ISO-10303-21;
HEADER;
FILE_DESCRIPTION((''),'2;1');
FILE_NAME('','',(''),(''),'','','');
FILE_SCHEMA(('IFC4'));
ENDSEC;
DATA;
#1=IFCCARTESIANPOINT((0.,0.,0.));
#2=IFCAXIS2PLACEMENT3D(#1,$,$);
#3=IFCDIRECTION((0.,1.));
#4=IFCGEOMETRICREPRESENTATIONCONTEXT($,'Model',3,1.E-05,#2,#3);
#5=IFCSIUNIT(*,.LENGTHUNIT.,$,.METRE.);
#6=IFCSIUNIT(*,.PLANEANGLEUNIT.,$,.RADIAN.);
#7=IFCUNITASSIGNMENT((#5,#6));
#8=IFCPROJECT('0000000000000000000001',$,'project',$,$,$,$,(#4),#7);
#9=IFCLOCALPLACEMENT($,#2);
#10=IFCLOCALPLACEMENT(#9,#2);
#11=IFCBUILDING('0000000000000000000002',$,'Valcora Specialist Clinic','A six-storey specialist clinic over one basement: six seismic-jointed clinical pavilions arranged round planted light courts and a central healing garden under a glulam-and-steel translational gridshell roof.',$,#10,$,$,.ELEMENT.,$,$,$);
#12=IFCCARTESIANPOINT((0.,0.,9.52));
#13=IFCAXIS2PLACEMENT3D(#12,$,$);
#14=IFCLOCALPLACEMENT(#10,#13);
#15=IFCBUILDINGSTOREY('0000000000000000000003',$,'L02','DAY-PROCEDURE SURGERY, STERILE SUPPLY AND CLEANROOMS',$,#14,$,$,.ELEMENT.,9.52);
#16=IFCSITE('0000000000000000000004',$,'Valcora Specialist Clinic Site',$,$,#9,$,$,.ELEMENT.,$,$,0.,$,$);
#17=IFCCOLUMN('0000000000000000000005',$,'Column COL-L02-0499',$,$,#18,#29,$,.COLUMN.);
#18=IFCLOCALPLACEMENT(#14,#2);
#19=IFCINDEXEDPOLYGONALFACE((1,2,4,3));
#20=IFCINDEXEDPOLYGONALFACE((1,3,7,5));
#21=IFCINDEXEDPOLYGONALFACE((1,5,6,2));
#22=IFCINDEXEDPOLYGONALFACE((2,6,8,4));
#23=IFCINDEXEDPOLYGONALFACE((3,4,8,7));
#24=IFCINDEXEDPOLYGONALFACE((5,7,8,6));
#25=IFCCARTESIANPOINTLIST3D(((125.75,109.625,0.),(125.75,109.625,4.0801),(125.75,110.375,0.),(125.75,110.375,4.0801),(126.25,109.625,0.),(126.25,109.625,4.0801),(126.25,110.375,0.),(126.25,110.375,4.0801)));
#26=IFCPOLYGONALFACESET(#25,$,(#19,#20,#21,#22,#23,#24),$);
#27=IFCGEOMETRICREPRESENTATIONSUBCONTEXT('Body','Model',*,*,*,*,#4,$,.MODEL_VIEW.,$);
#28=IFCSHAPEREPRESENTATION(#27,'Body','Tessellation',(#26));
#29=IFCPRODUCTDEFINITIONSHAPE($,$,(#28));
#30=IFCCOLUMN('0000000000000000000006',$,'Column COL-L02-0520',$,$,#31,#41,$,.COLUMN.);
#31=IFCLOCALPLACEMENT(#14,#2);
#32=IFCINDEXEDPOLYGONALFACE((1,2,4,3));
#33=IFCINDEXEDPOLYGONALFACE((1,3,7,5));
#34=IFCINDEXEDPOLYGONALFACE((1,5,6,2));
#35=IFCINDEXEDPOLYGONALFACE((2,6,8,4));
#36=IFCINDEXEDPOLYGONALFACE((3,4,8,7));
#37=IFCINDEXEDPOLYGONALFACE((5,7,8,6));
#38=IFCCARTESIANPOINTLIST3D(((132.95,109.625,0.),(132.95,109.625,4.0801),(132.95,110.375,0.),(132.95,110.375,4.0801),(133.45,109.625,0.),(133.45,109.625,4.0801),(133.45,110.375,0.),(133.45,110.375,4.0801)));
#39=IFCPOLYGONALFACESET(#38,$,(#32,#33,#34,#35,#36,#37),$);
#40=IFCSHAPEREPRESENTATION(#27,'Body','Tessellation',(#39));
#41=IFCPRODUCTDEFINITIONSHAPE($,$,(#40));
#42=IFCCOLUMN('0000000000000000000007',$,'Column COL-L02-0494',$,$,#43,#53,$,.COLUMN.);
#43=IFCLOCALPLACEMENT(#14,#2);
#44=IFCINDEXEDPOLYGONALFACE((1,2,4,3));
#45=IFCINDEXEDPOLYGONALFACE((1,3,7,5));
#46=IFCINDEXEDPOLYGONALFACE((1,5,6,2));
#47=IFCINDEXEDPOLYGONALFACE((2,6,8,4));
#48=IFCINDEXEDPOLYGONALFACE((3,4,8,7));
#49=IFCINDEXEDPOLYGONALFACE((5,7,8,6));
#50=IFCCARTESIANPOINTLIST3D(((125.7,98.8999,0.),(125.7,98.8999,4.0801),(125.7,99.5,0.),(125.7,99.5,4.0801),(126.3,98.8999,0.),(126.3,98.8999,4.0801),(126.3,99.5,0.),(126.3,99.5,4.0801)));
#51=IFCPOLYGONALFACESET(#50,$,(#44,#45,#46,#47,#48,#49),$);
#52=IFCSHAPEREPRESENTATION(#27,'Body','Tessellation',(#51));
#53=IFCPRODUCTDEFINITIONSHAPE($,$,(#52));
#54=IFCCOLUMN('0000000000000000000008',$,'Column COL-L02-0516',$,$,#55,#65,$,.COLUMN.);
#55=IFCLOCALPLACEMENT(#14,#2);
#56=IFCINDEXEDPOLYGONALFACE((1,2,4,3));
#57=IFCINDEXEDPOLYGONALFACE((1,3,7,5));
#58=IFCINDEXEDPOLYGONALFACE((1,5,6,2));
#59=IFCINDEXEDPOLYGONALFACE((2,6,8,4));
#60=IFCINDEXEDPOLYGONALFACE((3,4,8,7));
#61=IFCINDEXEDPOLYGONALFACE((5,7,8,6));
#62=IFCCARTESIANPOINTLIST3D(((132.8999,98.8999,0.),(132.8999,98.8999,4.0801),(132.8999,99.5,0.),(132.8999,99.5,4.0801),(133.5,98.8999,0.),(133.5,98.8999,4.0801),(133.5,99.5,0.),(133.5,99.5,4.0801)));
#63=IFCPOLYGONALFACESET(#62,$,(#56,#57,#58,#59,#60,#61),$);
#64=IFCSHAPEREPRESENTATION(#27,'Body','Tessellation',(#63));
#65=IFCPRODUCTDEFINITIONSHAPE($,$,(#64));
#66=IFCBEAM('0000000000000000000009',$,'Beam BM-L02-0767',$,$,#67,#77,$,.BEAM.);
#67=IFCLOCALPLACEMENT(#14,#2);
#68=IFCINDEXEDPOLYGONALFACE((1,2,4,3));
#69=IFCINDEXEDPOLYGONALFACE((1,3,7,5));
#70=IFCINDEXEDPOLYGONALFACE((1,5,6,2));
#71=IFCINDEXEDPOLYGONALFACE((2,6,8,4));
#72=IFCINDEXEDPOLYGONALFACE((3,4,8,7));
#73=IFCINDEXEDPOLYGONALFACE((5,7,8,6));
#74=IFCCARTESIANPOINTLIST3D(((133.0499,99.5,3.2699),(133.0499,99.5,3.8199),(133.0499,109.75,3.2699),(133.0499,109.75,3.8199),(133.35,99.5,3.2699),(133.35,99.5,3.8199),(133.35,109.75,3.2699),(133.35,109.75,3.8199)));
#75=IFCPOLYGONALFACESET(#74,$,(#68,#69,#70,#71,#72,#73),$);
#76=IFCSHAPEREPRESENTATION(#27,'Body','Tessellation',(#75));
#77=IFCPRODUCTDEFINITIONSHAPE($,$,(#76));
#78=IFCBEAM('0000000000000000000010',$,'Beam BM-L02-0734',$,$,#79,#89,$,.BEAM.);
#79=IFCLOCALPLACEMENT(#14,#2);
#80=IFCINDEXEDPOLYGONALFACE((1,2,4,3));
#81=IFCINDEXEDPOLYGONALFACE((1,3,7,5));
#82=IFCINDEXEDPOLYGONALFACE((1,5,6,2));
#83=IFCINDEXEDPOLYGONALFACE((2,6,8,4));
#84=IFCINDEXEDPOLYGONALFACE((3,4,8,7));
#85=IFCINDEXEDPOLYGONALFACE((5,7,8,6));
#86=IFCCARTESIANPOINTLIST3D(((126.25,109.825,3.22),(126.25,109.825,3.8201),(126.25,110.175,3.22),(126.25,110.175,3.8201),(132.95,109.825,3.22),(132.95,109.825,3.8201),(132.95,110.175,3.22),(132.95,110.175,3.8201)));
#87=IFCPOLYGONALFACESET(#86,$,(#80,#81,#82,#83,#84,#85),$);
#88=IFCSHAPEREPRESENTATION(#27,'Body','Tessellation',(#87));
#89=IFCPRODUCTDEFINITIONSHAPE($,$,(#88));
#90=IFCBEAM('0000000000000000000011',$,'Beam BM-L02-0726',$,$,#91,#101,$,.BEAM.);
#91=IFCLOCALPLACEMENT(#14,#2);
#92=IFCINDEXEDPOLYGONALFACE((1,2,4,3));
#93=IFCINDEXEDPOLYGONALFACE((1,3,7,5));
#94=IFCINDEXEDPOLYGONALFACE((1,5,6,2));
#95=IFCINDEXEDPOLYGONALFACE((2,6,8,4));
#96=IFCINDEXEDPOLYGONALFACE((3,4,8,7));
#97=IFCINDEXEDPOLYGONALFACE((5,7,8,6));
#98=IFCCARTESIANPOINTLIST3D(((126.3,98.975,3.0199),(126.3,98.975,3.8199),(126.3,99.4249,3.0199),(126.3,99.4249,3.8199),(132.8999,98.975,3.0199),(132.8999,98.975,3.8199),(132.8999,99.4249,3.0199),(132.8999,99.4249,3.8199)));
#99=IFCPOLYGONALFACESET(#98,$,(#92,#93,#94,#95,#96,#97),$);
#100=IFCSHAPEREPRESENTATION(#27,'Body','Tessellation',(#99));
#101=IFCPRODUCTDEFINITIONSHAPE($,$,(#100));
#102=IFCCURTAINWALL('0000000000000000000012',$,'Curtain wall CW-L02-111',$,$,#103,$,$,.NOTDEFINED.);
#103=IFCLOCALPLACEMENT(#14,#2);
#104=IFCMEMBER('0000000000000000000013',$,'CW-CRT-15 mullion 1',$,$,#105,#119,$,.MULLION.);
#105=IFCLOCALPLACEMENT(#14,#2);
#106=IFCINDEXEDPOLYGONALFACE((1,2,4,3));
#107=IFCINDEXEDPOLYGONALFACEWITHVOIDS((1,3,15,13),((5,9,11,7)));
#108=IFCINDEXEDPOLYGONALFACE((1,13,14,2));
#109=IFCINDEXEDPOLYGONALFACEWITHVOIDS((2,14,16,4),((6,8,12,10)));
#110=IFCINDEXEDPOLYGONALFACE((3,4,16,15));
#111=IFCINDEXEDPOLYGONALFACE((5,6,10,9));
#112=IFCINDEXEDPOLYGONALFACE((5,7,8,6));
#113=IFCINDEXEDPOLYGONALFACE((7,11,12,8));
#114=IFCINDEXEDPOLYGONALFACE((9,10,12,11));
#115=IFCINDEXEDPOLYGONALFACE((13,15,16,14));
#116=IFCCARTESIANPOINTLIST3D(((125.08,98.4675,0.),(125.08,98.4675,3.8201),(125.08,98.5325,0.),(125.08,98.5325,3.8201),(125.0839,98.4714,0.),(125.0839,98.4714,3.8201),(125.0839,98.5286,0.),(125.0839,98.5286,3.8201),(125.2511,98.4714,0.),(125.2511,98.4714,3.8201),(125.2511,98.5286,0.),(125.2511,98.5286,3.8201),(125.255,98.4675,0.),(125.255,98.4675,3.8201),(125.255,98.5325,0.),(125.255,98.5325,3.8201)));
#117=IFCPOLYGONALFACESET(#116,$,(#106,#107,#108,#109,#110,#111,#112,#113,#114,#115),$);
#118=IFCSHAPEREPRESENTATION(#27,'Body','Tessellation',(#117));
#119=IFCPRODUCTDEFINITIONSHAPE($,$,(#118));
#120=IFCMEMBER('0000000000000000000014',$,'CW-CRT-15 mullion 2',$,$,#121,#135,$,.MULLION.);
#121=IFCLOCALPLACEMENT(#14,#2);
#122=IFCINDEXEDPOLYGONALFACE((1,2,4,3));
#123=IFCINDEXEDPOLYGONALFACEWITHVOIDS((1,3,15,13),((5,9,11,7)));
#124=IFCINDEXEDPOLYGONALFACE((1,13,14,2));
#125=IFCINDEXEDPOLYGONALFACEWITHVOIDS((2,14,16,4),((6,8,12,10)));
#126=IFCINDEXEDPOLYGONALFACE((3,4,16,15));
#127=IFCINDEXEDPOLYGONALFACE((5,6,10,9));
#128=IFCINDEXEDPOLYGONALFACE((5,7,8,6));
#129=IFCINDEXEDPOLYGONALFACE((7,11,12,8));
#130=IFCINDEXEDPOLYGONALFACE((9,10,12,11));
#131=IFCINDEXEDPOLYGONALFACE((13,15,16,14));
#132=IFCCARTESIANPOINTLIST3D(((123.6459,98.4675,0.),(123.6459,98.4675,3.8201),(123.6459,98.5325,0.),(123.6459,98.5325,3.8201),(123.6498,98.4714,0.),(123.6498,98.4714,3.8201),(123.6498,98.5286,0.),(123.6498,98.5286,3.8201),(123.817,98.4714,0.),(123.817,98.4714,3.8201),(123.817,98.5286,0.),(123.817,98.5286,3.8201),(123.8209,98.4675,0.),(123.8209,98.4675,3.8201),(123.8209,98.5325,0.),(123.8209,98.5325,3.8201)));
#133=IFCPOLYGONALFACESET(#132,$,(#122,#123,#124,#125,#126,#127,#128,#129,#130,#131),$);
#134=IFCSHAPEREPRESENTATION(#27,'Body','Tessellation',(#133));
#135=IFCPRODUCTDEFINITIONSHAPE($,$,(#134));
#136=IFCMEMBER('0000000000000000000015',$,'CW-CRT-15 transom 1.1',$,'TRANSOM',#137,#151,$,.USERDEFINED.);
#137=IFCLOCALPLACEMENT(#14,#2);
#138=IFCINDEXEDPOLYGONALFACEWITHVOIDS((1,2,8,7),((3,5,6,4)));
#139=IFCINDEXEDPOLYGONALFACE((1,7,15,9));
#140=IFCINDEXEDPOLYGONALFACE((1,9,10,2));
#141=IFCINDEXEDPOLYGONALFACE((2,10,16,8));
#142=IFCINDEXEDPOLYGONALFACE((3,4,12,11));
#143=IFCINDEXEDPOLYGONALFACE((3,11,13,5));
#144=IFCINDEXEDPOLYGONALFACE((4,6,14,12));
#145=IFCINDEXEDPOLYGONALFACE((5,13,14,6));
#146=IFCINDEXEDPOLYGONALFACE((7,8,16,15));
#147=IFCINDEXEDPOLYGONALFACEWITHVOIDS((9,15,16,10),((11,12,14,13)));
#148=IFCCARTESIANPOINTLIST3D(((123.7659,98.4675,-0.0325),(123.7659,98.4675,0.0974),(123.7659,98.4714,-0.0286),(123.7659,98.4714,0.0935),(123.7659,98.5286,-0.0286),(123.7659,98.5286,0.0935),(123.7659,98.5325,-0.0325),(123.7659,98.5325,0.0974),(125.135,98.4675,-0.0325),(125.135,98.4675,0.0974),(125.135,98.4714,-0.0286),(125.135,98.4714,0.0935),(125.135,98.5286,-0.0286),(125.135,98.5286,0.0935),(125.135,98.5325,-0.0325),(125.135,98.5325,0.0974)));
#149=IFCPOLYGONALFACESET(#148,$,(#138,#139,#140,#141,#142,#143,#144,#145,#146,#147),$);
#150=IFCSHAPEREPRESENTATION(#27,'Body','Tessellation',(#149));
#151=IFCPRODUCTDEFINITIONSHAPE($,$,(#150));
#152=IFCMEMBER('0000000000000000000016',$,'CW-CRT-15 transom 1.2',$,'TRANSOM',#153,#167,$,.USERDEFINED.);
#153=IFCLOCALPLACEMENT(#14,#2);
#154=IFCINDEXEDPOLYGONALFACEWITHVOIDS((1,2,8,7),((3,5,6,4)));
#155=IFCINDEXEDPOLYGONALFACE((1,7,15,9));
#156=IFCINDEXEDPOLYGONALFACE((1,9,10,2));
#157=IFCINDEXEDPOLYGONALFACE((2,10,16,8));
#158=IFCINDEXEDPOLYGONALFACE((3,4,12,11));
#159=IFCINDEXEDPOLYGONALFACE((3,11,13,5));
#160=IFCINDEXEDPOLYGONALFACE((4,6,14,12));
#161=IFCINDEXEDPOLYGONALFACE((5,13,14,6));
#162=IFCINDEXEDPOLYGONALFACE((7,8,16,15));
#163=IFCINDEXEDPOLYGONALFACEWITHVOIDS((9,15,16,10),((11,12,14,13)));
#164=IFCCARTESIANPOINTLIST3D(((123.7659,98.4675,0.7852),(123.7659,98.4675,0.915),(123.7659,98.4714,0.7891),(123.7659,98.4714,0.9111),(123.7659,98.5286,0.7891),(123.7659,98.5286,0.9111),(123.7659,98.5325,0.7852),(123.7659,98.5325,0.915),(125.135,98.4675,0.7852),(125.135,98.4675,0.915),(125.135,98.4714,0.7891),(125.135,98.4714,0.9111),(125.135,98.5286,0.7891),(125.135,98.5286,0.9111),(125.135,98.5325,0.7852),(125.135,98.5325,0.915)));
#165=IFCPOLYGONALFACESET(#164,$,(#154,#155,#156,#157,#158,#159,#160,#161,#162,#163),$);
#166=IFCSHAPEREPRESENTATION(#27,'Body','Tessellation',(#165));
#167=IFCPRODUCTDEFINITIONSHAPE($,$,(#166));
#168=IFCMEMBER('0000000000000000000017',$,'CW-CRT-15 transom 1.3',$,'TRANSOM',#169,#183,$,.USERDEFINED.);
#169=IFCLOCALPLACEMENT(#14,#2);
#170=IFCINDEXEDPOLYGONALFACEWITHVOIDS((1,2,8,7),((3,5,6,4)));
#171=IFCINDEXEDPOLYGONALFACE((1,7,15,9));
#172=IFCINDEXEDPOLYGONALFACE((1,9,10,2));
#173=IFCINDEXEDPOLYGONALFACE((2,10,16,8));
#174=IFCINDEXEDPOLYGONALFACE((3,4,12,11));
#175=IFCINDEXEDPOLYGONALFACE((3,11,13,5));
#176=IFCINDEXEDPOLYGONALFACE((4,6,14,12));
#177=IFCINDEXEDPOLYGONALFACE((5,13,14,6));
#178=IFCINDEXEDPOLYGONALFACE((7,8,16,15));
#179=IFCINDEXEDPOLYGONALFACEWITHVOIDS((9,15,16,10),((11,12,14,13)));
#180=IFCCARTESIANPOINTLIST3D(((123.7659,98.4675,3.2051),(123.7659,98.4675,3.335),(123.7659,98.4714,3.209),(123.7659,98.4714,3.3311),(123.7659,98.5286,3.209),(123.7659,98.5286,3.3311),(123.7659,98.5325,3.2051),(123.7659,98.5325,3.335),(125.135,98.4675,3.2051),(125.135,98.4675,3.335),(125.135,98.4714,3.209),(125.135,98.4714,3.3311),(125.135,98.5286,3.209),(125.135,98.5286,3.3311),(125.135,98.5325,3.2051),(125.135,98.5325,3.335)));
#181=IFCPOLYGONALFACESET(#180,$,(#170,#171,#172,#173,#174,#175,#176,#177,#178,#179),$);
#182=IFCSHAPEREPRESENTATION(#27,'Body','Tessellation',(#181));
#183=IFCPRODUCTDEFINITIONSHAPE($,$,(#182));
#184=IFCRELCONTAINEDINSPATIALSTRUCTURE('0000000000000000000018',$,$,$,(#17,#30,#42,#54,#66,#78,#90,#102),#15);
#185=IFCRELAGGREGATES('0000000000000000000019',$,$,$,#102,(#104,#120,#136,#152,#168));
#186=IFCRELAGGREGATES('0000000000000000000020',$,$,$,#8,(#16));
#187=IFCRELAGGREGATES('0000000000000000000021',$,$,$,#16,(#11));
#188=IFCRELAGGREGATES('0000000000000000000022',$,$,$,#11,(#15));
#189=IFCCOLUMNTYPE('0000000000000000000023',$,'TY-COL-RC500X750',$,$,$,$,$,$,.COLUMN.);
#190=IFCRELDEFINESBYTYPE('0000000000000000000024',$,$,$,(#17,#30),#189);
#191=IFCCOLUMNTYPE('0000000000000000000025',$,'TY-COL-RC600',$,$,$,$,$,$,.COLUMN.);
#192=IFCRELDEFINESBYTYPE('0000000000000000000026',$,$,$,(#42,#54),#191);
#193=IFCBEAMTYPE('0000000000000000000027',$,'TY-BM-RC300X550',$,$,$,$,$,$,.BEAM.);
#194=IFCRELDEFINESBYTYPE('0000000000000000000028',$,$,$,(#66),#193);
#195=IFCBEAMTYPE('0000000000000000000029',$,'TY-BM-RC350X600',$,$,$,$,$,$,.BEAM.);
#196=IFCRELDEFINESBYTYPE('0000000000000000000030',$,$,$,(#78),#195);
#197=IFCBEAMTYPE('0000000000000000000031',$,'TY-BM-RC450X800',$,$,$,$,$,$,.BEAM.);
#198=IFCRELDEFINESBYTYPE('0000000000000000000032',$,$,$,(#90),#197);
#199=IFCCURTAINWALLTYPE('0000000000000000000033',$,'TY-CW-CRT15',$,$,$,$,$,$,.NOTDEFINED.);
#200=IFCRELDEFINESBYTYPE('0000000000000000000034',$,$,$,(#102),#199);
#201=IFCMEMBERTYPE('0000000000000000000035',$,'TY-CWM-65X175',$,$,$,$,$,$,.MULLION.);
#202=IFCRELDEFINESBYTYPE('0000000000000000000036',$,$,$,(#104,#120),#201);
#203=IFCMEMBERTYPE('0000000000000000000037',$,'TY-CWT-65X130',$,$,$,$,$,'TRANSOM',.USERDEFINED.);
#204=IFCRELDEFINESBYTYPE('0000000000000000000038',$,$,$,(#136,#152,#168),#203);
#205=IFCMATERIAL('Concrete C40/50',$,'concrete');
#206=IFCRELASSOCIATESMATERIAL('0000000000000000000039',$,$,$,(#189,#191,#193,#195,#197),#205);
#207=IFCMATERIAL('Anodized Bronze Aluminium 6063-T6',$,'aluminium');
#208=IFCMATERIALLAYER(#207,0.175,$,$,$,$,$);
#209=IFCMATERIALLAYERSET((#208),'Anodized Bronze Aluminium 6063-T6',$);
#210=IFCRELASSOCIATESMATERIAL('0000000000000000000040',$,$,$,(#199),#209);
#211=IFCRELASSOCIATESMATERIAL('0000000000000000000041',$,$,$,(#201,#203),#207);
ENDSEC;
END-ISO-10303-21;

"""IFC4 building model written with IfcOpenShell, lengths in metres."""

from ifc_helpers import new_model, si_unit, direction, frame, origin, origin_2d, place, context, subcontext, project, spatial, rectangle, hollow_rectangle, extrude, material, layer, layer_set, material_profile, profile_set, type_object, element, aggregate, save


model = new_model("IFC4")

# Units and contexts
model_context = context("Model", 3, precision=1e-05, world=origin(), true_north=direction((0.0, 1.0)))
body_context = subcontext(model_context, "Body", "Model", "MODEL_VIEW")
ifc_project = project(units=[si_unit("LENGTHUNIT", "METRE"), si_unit("PLANEANGLEUNIT", "RADIAN")], contexts=[model_context])

# Site, building, storey
site_placement = place(None, origin())
site = spatial("IfcSite", under=ifc_project, at=site_placement, Name="Valcora Specialist Clinic Site", CompositionType="ELEMENT", RefElevation=0.0)
building_placement = place(site_placement, origin())
building = spatial("IfcBuilding", under=site, at=building_placement, Name="Valcora Specialist Clinic", Description="A six-storey specialist clinic over one basement: six seismic-jointed clinical pavilions arranged round planted light courts and a central healing garden under a glulam-and-steel translational gridshell roof.", CompositionType="ELEMENT")
storey_placement = place(building_placement, frame((0.0, 0.0, 9.52)))
storey = spatial("IfcBuildingStorey", under=building, at=storey_placement, Name="L02", Description="DAY-PROCEDURE SURGERY, STERILE SUPPLY AND CLEANROOMS", CompositionType="ELEMENT", Elevation=9.52)

# Columns
ifc_material_1 = material(Name="Concrete C40/50", Category="concrete")
ifc_material_profile_1 = material_profile(ifc_material_1, rectangle(XDim=0.5, YDim=0.75, at=origin_2d()), Name="RC-COL-500X750")
ifc_profile_set_1 = profile_set([ifc_material_profile_1], Name="Concrete C40/50")
column_type_1 = type_object("IfcColumnType", Name="TY-COL-RC500X750", PredefinedType="COLUMN", material=ifc_profile_set_1)
for number, where, z_axis, x_axis, name in (
    (1, (126.0, 110.0, 0.0), (0.0, 0.0, 1.0), (1.0, 0.0, 0.0), "Column COL-L02-0499"),
    (2, (133.2, 110.0, 0.0), (0.0, 0.0, 1.0), (1.0, 0.0, 0.0), "Column COL-L02-0520"),
):
    element("IfcColumn", number, at=place(storey_placement, frame(where, z_axis=z_axis, x_axis=x_axis)), inside=storey, type_object=column_type_1, Name=name, PredefinedType="COLUMN", context=body_context, shape_type="SweptSolid", body=[
        extrude(rectangle(XDim=0.5, YDim=0.75, at=origin_2d()), origin(), (0.0, 0.0, 1.0), 4.0801),
    ])
ifc_material_profile_2 = material_profile(ifc_material_1, rectangle(XDim=0.6001, YDim=0.6001, at=origin_2d()), Name="RC-COL-600X600")
ifc_profile_set_2 = profile_set([ifc_material_profile_2], Name="Concrete C40/50")
column_type_2 = type_object("IfcColumnType", Name="TY-COL-RC600", PredefinedType="COLUMN", material=ifc_profile_set_2)
for number, where, z_axis, x_axis, name in (
    (3, (126.0, 99.2, 0.0), (0.0, 0.0, 1.0), (1.0, 0.0, 0.0), "Column COL-L02-0494"),
    (4, (133.2, 99.2, 0.0), (0.0, 0.0, 1.0), (1.0, 0.0, 0.0), "Column COL-L02-0516"),
):
    element("IfcColumn", number, at=place(storey_placement, frame(where, z_axis=z_axis, x_axis=x_axis)), inside=storey, type_object=column_type_2, Name=name, PredefinedType="COLUMN", context=body_context, shape_type="SweptSolid", body=[
        extrude(rectangle(XDim=0.6001, YDim=0.6001, at=origin_2d()), origin(), (0.0, 0.0, 1.0), 4.0801),
    ])

# Beams
ifc_material_profile_3 = material_profile(ifc_material_1, rectangle(XDim=0.3, YDim=0.55, at=origin_2d()), Name="RC-BM-300X550")
ifc_profile_set_3 = profile_set([ifc_material_profile_3], Name="Concrete C40/50")
beam_type_1 = type_object("IfcBeamType", Name="TY-BM-RC300X550", PredefinedType="BEAM", material=ifc_profile_set_3)
beam_1_placement = place(storey_placement, frame((133.2, 99.5, 3.5449), z_axis=(0.0, 1.0, 0.0), x_axis=(-1.0, 0.0, 0.0)))
element("IfcBeam", 5, at=beam_1_placement, inside=storey, type_object=beam_type_1, Name="Beam BM-L02-0767", PredefinedType="BEAM", context=body_context, shape_type="SweptSolid", body=[
    extrude(rectangle(XDim=0.3, YDim=0.55, at=origin_2d()), origin(), (0.0, 0.0, 1.0), 10.25),
])
ifc_material_profile_4 = material_profile(ifc_material_1, rectangle(XDim=0.3501, YDim=0.6001, at=origin_2d()), Name="RC-BM-350X600")
ifc_profile_set_4 = profile_set([ifc_material_profile_4], Name="Concrete C40/50")
beam_type_2 = type_object("IfcBeamType", Name="TY-BM-RC350X600", PredefinedType="BEAM", material=ifc_profile_set_4)
beam_2_placement = place(storey_placement, frame((126.25, 110.0, 3.52), z_axis=(1.0, 0.0, 0.0), x_axis=(0.0, 1.0, 0.0)))
element("IfcBeam", 6, at=beam_2_placement, inside=storey, type_object=beam_type_2, Name="Beam BM-L02-0734", PredefinedType="BEAM", context=body_context, shape_type="SweptSolid", body=[
    extrude(rectangle(XDim=0.3501, YDim=0.6001, at=origin_2d()), origin(), (0.0, 0.0, 1.0), 6.7),
])
ifc_material_profile_5 = material_profile(ifc_material_1, rectangle(XDim=0.45, YDim=0.8, at=origin_2d()), Name="RC-BM-450X800")
ifc_profile_set_5 = profile_set([ifc_material_profile_5], Name="Concrete C40/50")
beam_type_3 = type_object("IfcBeamType", Name="TY-BM-RC450X800", PredefinedType="BEAM", material=ifc_profile_set_5)
beam_3_placement = place(storey_placement, frame((126.3, 99.2, 3.4199), z_axis=(1.0, 0.0, 0.0), x_axis=(0.0, 1.0, 0.0)))
element("IfcBeam", 7, at=beam_3_placement, inside=storey, type_object=beam_type_3, Name="Beam BM-L02-0726", PredefinedType="BEAM", context=body_context, shape_type="SweptSolid", body=[
    extrude(rectangle(XDim=0.45, YDim=0.8, at=origin_2d()), origin(), (0.0, 0.0, 1.0), 6.5999),
])

# Curtain wall, members
ifc_material_2 = material(Name="Anodized Bronze Aluminium 6063-T6", Category="aluminium")
ifc_layer_1 = layer(ifc_material_2, 0.175)
ifc_layer_set_1 = layer_set([ifc_layer_1], Name="Anodized Bronze Aluminium 6063-T6")
curtain_wall_type = type_object("IfcCurtainWallType", Name="TY-CW-CRT15", PredefinedType="NOTDEFINED", material=ifc_layer_set_1)
curtain_wall_placement = place(storey_placement, origin())
curtain_wall = element("IfcCurtainWall", 8, at=curtain_wall_placement, inside=storey, type_object=curtain_wall_type, Name="Curtain wall CW-L02-111", PredefinedType="NOTDEFINED")
ifc_material_profile_6 = material_profile(ifc_material_2, hollow_rectangle(XDim=0.0649, YDim=0.175, WallThickness=0.0039, at=origin_2d()), Name="AL-MUL-65X175")
ifc_profile_set_6 = profile_set([ifc_material_profile_6], Name="Anodized Bronze Aluminium 6063-T6")
member_type_1 = type_object("IfcMemberType", Name="TY-CWM-65X175", PredefinedType="MULLION", material=ifc_profile_set_6)
member_1_placement = place(storey_placement, frame((125.1675, 98.5, 0.0), z_axis=(0.0, 0.0, 1.0), x_axis=(0.0, -1.0, 0.0)))
member_1 = element("IfcMember", 9, at=member_1_placement, type_object=member_type_1, Name="CW-CRT-15 mullion 1", PredefinedType="MULLION", context=body_context, shape_type="SweptSolid", body=[
    extrude(hollow_rectangle(XDim=0.0649, YDim=0.175, WallThickness=0.0039, at=origin_2d()), origin(), (0.0, 0.0, 1.0), 3.8201),
])
member_2_placement = place(storey_placement, frame((123.7334, 98.5, 0.0), z_axis=(0.0, 0.0, 1.0), x_axis=(0.0, -1.0, 0.0)))
member_2 = element("IfcMember", 10, at=member_2_placement, type_object=member_type_1, Name="CW-CRT-15 mullion 2", PredefinedType="MULLION", context=body_context, shape_type="SweptSolid", body=[
    extrude(hollow_rectangle(XDim=0.0649, YDim=0.175, WallThickness=0.0039, at=origin_2d()), origin(), (0.0, 0.0, 1.0), 3.8201),
])
ifc_material_profile_7 = material_profile(ifc_material_2, hollow_rectangle(XDim=0.0649, YDim=0.1299, WallThickness=0.0039, at=origin_2d()), Name="AL-TRN-65X130")
ifc_profile_set_7 = profile_set([ifc_material_profile_7], Name="Anodized Bronze Aluminium 6063-T6")
member_type_2 = type_object("IfcMemberType", Name="TY-CWT-65X130", ElementType="TRANSOM", PredefinedType="USERDEFINED", material=ifc_profile_set_7)
member_3_placement = place(storey_placement, frame((125.135, 98.5, 0.0325), z_axis=(-1.0, 0.0, 0.0), x_axis=(0.0, -1.0, 0.0)))
member_3 = element("IfcMember", 11, at=member_3_placement, type_object=member_type_2, Name="CW-CRT-15 transom 1.1", ObjectType="TRANSOM", PredefinedType="USERDEFINED", context=body_context, shape_type="SweptSolid", body=[
    extrude(hollow_rectangle(XDim=0.0649, YDim=0.1299, WallThickness=0.0039, at=origin_2d()), origin(), (0.0, 0.0, 1.0), 1.3691),
])
member_4_placement = place(storey_placement, frame((125.135, 98.5, 0.8501), z_axis=(-1.0, 0.0, 0.0), x_axis=(0.0, -1.0, 0.0)))
member_4 = element("IfcMember", 12, at=member_4_placement, type_object=member_type_2, Name="CW-CRT-15 transom 1.2", ObjectType="TRANSOM", PredefinedType="USERDEFINED", context=body_context, shape_type="SweptSolid", body=[
    extrude(hollow_rectangle(XDim=0.0649, YDim=0.1299, WallThickness=0.0039, at=origin_2d()), origin(), (0.0, 0.0, 1.0), 1.3691),
])
member_5_placement = place(storey_placement, frame((125.135, 98.5, 3.27), z_axis=(-1.0, 0.0, 0.0), x_axis=(0.0, -1.0, 0.0)))
member_5 = element("IfcMember", 13, at=member_5_placement, type_object=member_type_2, Name="CW-CRT-15 transom 1.3", ObjectType="TRANSOM", PredefinedType="USERDEFINED", context=body_context, shape_type="SweptSolid", body=[
    extrude(hollow_rectangle(XDim=0.0649, YDim=0.1299, WallThickness=0.0039, at=origin_2d()), origin(), (0.0, 0.0, 1.0), 1.3691),
])
aggregate(curtain_wall, [member_1, member_2, member_3, member_4, member_5])

save(model, "model.ifc")
